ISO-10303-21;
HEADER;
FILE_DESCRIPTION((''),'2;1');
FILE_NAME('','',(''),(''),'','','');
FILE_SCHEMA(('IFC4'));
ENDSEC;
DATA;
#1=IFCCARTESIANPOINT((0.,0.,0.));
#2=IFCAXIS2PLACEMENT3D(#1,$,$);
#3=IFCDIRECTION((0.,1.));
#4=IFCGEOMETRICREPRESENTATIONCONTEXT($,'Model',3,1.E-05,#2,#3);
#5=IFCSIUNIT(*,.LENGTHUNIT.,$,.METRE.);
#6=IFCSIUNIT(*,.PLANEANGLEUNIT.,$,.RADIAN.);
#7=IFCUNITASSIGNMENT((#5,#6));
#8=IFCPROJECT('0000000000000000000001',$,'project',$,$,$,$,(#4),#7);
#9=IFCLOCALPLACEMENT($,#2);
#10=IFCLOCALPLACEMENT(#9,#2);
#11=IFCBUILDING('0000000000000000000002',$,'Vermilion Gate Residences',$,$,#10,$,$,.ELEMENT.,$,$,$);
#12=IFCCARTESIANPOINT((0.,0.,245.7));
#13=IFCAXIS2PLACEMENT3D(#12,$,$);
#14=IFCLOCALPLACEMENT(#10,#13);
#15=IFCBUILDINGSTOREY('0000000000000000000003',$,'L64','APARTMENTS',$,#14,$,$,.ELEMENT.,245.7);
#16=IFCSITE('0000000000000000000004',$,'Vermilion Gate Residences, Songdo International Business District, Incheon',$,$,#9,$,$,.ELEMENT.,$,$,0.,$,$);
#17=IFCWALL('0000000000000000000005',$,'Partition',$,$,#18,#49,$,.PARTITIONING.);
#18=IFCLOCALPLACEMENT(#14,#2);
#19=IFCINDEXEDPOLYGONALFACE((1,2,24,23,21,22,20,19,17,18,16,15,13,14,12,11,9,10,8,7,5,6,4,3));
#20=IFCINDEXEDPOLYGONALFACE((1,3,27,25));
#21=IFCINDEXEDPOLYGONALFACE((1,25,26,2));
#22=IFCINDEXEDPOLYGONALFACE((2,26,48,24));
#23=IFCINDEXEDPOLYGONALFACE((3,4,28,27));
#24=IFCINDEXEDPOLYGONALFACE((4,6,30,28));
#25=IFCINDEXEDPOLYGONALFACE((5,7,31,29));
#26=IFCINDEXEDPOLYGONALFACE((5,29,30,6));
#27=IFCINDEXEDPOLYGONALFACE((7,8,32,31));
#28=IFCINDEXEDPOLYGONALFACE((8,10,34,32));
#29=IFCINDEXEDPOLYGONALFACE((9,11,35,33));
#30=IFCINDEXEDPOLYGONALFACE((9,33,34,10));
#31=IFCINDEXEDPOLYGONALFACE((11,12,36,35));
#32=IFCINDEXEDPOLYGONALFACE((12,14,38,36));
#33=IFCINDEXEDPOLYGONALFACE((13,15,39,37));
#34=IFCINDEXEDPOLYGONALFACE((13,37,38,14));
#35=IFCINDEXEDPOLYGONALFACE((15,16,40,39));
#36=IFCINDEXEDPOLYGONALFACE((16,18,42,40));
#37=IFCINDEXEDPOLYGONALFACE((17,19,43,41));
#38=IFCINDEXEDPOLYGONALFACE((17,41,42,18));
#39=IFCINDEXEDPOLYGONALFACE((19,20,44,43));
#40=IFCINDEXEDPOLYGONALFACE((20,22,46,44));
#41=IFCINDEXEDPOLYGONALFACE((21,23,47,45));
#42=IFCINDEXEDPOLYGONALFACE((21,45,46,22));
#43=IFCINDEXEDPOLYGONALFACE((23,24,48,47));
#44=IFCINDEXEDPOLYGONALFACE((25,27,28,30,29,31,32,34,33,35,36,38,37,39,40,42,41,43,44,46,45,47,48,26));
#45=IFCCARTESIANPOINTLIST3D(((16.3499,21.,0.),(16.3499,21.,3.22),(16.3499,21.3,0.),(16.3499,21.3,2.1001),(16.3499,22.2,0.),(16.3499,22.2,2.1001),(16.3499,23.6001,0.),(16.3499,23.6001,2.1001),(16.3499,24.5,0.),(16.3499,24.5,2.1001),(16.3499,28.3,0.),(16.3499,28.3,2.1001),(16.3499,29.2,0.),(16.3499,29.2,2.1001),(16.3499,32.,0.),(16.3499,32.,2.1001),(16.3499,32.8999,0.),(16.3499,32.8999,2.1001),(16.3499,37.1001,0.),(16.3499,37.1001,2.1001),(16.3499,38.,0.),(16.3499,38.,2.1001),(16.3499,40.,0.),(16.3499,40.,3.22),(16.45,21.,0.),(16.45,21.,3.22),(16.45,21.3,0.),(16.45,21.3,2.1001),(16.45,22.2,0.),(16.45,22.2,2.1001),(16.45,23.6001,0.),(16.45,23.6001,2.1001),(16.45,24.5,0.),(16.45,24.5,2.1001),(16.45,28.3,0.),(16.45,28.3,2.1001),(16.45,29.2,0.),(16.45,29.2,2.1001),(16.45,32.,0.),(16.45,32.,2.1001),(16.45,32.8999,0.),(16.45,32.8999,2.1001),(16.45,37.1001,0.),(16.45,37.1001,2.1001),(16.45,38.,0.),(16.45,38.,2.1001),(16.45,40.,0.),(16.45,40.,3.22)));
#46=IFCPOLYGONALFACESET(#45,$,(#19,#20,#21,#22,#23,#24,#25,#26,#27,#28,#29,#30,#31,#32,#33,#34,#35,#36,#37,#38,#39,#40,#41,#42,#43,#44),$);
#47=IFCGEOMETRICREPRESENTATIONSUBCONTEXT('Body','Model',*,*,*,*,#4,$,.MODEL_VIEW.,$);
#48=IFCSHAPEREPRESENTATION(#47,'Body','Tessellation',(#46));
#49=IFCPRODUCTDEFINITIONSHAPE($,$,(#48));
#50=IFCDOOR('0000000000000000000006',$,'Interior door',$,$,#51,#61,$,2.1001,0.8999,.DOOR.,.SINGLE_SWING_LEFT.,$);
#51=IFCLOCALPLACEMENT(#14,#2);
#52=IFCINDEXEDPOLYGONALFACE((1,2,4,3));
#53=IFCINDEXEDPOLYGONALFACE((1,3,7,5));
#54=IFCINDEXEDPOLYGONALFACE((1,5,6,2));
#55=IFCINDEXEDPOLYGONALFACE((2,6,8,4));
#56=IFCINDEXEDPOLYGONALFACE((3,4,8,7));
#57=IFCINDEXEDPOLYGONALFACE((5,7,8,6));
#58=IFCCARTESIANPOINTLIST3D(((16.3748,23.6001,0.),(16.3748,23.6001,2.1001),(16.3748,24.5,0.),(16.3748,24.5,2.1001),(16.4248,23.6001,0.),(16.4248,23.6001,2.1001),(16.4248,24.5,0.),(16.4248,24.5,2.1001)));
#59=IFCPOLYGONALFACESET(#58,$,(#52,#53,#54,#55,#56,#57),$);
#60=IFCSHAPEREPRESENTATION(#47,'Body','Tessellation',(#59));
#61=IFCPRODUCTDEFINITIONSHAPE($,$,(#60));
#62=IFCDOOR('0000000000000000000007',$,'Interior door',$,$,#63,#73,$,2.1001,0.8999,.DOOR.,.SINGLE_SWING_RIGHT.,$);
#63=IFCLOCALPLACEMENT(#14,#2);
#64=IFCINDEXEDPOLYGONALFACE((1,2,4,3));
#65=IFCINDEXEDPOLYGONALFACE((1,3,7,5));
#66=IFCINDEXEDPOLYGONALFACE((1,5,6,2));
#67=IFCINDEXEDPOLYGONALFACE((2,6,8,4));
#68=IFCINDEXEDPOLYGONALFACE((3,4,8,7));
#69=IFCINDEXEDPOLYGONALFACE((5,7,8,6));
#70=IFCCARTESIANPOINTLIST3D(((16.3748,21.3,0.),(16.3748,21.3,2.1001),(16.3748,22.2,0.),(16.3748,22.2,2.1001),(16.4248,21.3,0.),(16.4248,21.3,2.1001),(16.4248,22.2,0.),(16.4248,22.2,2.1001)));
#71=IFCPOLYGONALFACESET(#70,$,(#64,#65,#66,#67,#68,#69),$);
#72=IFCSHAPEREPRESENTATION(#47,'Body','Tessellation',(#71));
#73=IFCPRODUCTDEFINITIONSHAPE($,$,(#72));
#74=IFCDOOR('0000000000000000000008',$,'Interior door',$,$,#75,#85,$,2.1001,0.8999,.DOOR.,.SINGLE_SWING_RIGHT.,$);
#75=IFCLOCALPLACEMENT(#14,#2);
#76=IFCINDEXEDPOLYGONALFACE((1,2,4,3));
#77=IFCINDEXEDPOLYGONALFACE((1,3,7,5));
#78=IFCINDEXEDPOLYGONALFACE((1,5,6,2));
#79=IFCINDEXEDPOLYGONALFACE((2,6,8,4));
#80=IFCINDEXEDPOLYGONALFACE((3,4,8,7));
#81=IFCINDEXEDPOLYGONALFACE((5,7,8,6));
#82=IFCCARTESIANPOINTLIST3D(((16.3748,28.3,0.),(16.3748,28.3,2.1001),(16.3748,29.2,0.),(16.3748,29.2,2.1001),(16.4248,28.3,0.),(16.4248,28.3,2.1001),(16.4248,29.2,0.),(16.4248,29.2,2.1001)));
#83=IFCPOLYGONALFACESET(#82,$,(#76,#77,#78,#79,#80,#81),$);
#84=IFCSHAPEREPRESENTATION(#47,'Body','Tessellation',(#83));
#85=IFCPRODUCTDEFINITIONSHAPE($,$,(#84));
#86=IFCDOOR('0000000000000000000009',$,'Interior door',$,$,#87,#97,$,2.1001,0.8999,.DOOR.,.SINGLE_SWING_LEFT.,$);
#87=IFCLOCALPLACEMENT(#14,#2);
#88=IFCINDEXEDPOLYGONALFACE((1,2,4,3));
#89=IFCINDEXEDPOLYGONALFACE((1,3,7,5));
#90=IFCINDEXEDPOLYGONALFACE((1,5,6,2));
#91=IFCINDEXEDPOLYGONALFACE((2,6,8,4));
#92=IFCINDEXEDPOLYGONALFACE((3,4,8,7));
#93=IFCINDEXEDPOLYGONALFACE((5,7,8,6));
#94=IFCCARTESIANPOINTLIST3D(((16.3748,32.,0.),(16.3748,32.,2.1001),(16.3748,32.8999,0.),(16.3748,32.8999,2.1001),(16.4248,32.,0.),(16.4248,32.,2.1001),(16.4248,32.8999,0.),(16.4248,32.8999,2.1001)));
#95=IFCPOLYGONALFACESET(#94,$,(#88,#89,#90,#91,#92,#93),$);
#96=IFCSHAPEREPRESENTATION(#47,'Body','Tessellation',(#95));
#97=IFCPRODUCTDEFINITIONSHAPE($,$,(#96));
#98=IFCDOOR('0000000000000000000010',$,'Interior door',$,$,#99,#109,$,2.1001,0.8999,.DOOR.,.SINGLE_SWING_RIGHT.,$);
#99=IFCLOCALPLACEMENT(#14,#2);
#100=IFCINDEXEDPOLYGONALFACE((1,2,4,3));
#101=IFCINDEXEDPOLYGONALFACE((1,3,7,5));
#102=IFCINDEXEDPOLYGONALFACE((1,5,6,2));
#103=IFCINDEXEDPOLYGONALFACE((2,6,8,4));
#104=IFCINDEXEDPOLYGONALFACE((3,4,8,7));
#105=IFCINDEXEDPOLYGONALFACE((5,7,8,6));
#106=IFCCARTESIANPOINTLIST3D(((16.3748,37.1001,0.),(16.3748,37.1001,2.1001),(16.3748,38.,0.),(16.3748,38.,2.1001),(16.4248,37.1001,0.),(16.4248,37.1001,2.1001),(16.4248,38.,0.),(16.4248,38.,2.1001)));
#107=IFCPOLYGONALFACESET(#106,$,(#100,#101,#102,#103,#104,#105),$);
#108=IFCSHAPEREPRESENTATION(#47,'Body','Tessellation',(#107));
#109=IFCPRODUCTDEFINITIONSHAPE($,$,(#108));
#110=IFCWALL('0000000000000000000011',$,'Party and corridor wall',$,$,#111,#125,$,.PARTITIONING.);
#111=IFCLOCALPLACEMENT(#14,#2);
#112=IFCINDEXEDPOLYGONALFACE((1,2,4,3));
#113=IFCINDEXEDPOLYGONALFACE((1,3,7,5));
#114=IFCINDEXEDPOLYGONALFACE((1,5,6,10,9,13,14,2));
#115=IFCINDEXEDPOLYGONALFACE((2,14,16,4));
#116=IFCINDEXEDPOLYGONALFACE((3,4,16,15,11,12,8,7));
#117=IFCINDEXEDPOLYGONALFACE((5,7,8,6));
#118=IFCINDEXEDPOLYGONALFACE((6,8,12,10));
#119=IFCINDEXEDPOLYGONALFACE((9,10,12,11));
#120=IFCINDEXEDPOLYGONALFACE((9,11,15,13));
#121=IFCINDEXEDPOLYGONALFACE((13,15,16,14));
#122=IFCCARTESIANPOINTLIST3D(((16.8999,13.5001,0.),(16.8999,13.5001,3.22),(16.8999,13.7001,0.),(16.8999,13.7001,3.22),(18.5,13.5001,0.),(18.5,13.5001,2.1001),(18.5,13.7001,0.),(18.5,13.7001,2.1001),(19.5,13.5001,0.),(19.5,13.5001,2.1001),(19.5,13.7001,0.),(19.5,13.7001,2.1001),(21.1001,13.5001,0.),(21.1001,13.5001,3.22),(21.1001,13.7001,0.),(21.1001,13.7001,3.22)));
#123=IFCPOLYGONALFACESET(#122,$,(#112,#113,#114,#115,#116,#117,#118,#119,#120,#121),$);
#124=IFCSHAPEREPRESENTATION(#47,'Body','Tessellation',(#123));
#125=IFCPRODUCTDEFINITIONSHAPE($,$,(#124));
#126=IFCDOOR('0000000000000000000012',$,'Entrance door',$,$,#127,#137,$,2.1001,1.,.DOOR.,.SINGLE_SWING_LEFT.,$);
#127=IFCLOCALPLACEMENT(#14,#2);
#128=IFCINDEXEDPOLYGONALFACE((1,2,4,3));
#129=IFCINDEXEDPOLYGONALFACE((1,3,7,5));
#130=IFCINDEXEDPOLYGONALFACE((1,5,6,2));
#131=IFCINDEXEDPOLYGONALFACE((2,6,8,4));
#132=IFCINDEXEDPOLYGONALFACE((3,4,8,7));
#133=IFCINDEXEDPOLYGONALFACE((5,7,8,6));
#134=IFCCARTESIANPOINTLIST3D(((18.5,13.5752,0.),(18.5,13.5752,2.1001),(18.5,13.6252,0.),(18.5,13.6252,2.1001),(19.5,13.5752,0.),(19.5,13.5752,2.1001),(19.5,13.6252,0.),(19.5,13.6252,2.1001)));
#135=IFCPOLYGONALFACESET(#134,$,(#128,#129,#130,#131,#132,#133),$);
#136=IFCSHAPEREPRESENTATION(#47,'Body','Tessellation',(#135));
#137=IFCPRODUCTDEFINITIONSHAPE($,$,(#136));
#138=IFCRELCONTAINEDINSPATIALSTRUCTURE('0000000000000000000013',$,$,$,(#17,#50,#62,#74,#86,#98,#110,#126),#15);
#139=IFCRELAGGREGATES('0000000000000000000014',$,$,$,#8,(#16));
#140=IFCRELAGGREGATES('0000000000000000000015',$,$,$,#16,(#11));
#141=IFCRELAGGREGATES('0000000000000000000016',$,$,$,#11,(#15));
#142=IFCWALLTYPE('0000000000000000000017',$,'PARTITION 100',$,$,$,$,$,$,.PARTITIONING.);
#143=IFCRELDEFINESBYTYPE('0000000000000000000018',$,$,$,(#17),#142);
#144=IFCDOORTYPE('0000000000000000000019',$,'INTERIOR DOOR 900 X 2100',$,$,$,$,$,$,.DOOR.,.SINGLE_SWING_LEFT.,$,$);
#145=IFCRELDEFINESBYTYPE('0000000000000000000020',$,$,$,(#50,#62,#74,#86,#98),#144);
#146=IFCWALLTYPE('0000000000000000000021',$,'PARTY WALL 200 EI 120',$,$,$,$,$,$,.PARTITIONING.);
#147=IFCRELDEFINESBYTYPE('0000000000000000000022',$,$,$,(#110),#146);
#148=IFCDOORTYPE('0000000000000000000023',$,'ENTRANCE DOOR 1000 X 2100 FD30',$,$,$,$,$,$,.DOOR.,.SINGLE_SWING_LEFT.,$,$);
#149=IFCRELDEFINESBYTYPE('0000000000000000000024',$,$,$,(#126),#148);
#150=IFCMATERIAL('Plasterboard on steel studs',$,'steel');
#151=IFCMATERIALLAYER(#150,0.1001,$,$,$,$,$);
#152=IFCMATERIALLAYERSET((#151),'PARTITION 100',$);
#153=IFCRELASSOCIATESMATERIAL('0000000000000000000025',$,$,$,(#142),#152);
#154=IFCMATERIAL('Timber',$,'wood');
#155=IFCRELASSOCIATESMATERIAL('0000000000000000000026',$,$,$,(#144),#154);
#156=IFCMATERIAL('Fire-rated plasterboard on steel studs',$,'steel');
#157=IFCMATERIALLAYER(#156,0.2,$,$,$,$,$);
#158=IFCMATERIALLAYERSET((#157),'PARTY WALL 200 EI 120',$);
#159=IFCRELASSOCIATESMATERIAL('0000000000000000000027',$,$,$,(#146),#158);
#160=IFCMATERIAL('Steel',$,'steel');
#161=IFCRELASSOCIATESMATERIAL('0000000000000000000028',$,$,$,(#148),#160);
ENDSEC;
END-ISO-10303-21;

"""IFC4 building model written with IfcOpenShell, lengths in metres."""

from ifc_helpers import new_model, si_unit, direction, frame, frame_2d, origin, place, context, subcontext, project, spatial, rectangle, extrude, material, layer, layer_set, type_object, element, fill, save


model = new_model("IFC4")

# Units and contexts
model_context = context("Model", 3, precision=1e-05, world=origin(), true_north=direction((0.0, 1.0)))
body_context = subcontext(model_context, "Body", "Model", "MODEL_VIEW")
ifc_project = project(units=[si_unit("LENGTHUNIT", "METRE"), si_unit("PLANEANGLEUNIT", "RADIAN")], contexts=[model_context])

# Site, building, storey
site_placement = place(None, origin())
site = spatial("IfcSite", under=ifc_project, at=site_placement, Name="Vermilion Gate Residences, Songdo International Business District, Incheon", CompositionType="ELEMENT", RefElevation=0.0)
building_placement = place(site_placement, origin())
building = spatial("IfcBuilding", under=site, at=building_placement, Name="Vermilion Gate Residences", CompositionType="ELEMENT")
storey_placement = place(building_placement, frame((0.0, 0.0, 245.7)))
storey = spatial("IfcBuildingStorey", under=building, at=storey_placement, Name="L64", Description="APARTMENTS", CompositionType="ELEMENT", Elevation=245.7)

# Shared definitions
ifc_material_1 = material(Name="Plasterboard on steel studs", Category="steel")
ifc_layer_1 = layer(ifc_material_1, 0.1001)
ifc_layer_set_1 = layer_set([ifc_layer_1], Name="PARTITION 100")
wall_type_1 = type_object("IfcWallType", Name="PARTITION 100", PredefinedType="PARTITIONING", material=ifc_layer_set_1)

# Wall, openings, doors
ifc_material_2 = material(Name="Timber", Category="wood")
door_type_1 = type_object("IfcDoorType", Name="INTERIOR DOOR 900 X 2100", OperationType="SINGLE_SWING_LEFT", PredefinedType="DOOR", material=ifc_material_2)
wall_1_placement = place(storey_placement, frame((16.3999, 21.0, 0.0), z_axis=(0.0, 0.0, 1.0), x_axis=(0.0, 1.0, 0.0)))
wall_1 = element("IfcWall", 1, at=wall_1_placement, inside=storey, type_object=wall_type_1, Name="Partition", PredefinedType="PARTITIONING", context=body_context, shape_type="SweptSolid", body=[
    extrude(rectangle(XDim=19.0, YDim=0.1001, at=frame_2d((9.5, 0.0))), origin(), (0.0, 0.0, 1.0), 3.22),
])
opening_1_placement = place(wall_1_placement, frame((2.6001, 0.0, 0.0)))
opening_1 = element("IfcOpeningElement", 2, at=opening_1_placement, cuts=wall_1, PredefinedType="OPENING", context=body_context, shape_type="SweptSolid", body=[
    extrude(rectangle(XDim=0.8999, YDim=2.1001, at=frame_2d((0.45, 1.05))), frame((0.0, 0.0601, 0.0), z_axis=(0.0, -1.0, 0.0), x_axis=(1.0, 0.0, 0.0)), (0.0, 0.0, 1.0), 0.1201),
])
opening_2_placement = place(wall_1_placement, frame((0.3, 0.0, 0.0)))
opening_2 = element("IfcOpeningElement", 3, at=opening_2_placement, cuts=wall_1, PredefinedType="OPENING", context=body_context, shape_type="SweptSolid", body=[
    extrude(rectangle(XDim=0.8999, YDim=2.1001, at=frame_2d((0.45, 1.05))), frame((0.0, 0.0601, 0.0), z_axis=(0.0, -1.0, 0.0), x_axis=(1.0, 0.0, 0.0)), (0.0, 0.0, 1.0), 0.1201),
])
opening_3_placement = place(wall_1_placement, frame((7.3, 0.0, 0.0)))
opening_3 = element("IfcOpeningElement", 4, at=opening_3_placement, cuts=wall_1, PredefinedType="OPENING", context=body_context, shape_type="SweptSolid", body=[
    extrude(rectangle(XDim=0.8999, YDim=2.1001, at=frame_2d((0.45, 1.05))), frame((0.0, 0.0601, 0.0), z_axis=(0.0, -1.0, 0.0), x_axis=(1.0, 0.0, 0.0)), (0.0, 0.0, 1.0), 0.1201),
])
opening_4_placement = place(wall_1_placement, frame((11.0, 0.0, 0.0)))
opening_4 = element("IfcOpeningElement", 5, at=opening_4_placement, cuts=wall_1, PredefinedType="OPENING", context=body_context, shape_type="SweptSolid", body=[
    extrude(rectangle(XDim=0.8999, YDim=2.1001, at=frame_2d((0.45, 1.05))), frame((0.0, 0.0601, 0.0), z_axis=(0.0, -1.0, 0.0), x_axis=(1.0, 0.0, 0.0)), (0.0, 0.0, 1.0), 0.1201),
])
opening_5_placement = place(wall_1_placement, frame((16.1001, 0.0, 0.0)))
opening_5 = element("IfcOpeningElement", 6, at=opening_5_placement, cuts=wall_1, PredefinedType="OPENING", context=body_context, shape_type="SweptSolid", body=[
    extrude(rectangle(XDim=0.8999, YDim=2.1001, at=frame_2d((0.45, 1.05))), frame((0.0, 0.0601, 0.0), z_axis=(0.0, -1.0, 0.0), x_axis=(1.0, 0.0, 0.0)), (0.0, 0.0, 1.0), 0.1201),
])
door_1_placement = place(opening_1_placement, frame((0.8999, 0.0, 0.0), z_axis=(0.0, 0.0, 1.0), x_axis=(-1.0, 0.0, 0.0)))
door_1 = element("IfcDoor", 7, at=door_1_placement, inside=storey, type_object=door_type_1, Name="Interior door", OperationType="SINGLE_SWING_LEFT", OverallHeight=2.1001, OverallWidth=0.8999, PredefinedType="DOOR", context=body_context, shape_type="SweptSolid", body=[
    extrude(rectangle(XDim=0.8999, YDim=2.1001, at=frame_2d((0.45, 1.05))), frame((0.0, 0.0249, 0.0), z_axis=(0.0, -1.0, 0.0), x_axis=(1.0, 0.0, 0.0)), (0.0, 0.0, 1.0), 0.05),
])
fill(opening_1, door_1)
door_2_placement = place(opening_2_placement, frame((0.8999, 0.0, 0.0), z_axis=(0.0, 0.0, 1.0), x_axis=(-1.0, 0.0, 0.0)))
door_2 = element("IfcDoor", 8, at=door_2_placement, inside=storey, type_object=door_type_1, Name="Interior door", OperationType="SINGLE_SWING_RIGHT", OverallHeight=2.1001, OverallWidth=0.8999, PredefinedType="DOOR", context=body_context, shape_type="SweptSolid", body=[
    extrude(rectangle(XDim=0.8999, YDim=2.1001, at=frame_2d((0.45, 1.05))), frame((0.0, 0.0249, 0.0), z_axis=(0.0, -1.0, 0.0), x_axis=(1.0, 0.0, 0.0)), (0.0, 0.0, 1.0), 0.05),
])
fill(opening_2, door_2)
door_3_placement = place(opening_3_placement, frame((0.8999, 0.0, 0.0), z_axis=(0.0, 0.0, 1.0), x_axis=(-1.0, 0.0, 0.0)))
door_3 = element("IfcDoor", 9, at=door_3_placement, inside=storey, type_object=door_type_1, Name="Interior door", OperationType="SINGLE_SWING_RIGHT", OverallHeight=2.1001, OverallWidth=0.8999, PredefinedType="DOOR", context=body_context, shape_type="SweptSolid", body=[
    extrude(rectangle(XDim=0.8999, YDim=2.1001, at=frame_2d((0.45, 1.05))), frame((0.0, 0.0249, 0.0), z_axis=(0.0, -1.0, 0.0), x_axis=(1.0, 0.0, 0.0)), (0.0, 0.0, 1.0), 0.05),
])
fill(opening_3, door_3)
door_4_placement = place(opening_4_placement, frame((0.8999, 0.0, 0.0), z_axis=(0.0, 0.0, 1.0), x_axis=(-1.0, 0.0, 0.0)))
door_4 = element("IfcDoor", 10, at=door_4_placement, inside=storey, type_object=door_type_1, Name="Interior door", OperationType="SINGLE_SWING_LEFT", OverallHeight=2.1001, OverallWidth=0.8999, PredefinedType="DOOR", context=body_context, shape_type="SweptSolid", body=[
    extrude(rectangle(XDim=0.8999, YDim=2.1001, at=frame_2d((0.45, 1.05))), frame((0.0, 0.0249, 0.0), z_axis=(0.0, -1.0, 0.0), x_axis=(1.0, 0.0, 0.0)), (0.0, 0.0, 1.0), 0.05),
])
fill(opening_4, door_4)
door_5_placement = place(opening_5_placement, frame((0.8999, 0.0, 0.0), z_axis=(0.0, 0.0, 1.0), x_axis=(-1.0, 0.0, 0.0)))
door_5 = element("IfcDoor", 11, at=door_5_placement, inside=storey, type_object=door_type_1, Name="Interior door", OperationType="SINGLE_SWING_RIGHT", OverallHeight=2.1001, OverallWidth=0.8999, PredefinedType="DOOR", context=body_context, shape_type="SweptSolid", body=[
    extrude(rectangle(XDim=0.8999, YDim=2.1001, at=frame_2d((0.45, 1.05))), frame((0.0, 0.0249, 0.0), z_axis=(0.0, -1.0, 0.0), x_axis=(1.0, 0.0, 0.0)), (0.0, 0.0, 1.0), 0.05),
])
fill(opening_5, door_5)

# Wall, opening, door
ifc_material_3 = material(Name="Fire-rated plasterboard on steel studs", Category="steel")
ifc_layer_2 = layer(ifc_material_3, 0.2)
ifc_layer_set_2 = layer_set([ifc_layer_2], Name="PARTY WALL 200 EI 120")
wall_type_2 = type_object("IfcWallType", Name="PARTY WALL 200 EI 120", PredefinedType="PARTITIONING", material=ifc_layer_set_2)
wall_2_placement = place(storey_placement, frame((16.8999, 13.6001, 0.0), z_axis=(0.0, 0.0, 1.0), x_axis=(1.0, 0.0, 0.0)))
wall_2 = element("IfcWall", 12, at=wall_2_placement, inside=storey, type_object=wall_type_2, Name="Party and corridor wall", PredefinedType="PARTITIONING", context=body_context, shape_type="SweptSolid", body=[
    extrude(rectangle(XDim=4.2002, YDim=0.2, at=frame_2d((2.1001, 0.0))), origin(), (0.0, 0.0, 1.0), 3.22),
])
opening_6_placement = place(wall_2_placement, frame((1.6001, 0.0, 0.0)))
opening_6 = element("IfcOpeningElement", 13, at=opening_6_placement, cuts=wall_2, PredefinedType="OPENING", context=body_context, shape_type="SweptSolid", body=[
    extrude(rectangle(XDim=1.0, YDim=2.1001, at=frame_2d((0.5, 1.05))), frame((0.0, 0.1099, 0.0), z_axis=(0.0, -1.0, 0.0), x_axis=(1.0, 0.0, 0.0)), (0.0, 0.0, 1.0), 0.22),
])
ifc_material_4 = material(Name="Steel", Category="steel")
door_type_2 = type_object("IfcDoorType", Name="ENTRANCE DOOR 1000 X 2100 FD30", OperationType="SINGLE_SWING_LEFT", PredefinedType="DOOR", material=ifc_material_4)
door_6_placement = place(opening_6_placement, frame((1.0, 0.0, 0.0), z_axis=(0.0, 0.0, 1.0), x_axis=(-1.0, 0.0, 0.0)))
door_6 = element("IfcDoor", 14, at=door_6_placement, inside=storey, type_object=door_type_2, Name="Entrance door", OperationType="SINGLE_SWING_LEFT", OverallHeight=2.1001, OverallWidth=1.0, PredefinedType="DOOR", context=body_context, shape_type="SweptSolid", body=[
    extrude(rectangle(XDim=1.0, YDim=2.1001, at=frame_2d((0.5, 1.05))), frame((0.0, 0.0249, 0.0), z_axis=(0.0, -1.0, 0.0), x_axis=(1.0, 0.0, 0.0)), (0.0, 0.0, 1.0), 0.05),
])
fill(opening_6, door_6)

save(model, "model.ifc")
